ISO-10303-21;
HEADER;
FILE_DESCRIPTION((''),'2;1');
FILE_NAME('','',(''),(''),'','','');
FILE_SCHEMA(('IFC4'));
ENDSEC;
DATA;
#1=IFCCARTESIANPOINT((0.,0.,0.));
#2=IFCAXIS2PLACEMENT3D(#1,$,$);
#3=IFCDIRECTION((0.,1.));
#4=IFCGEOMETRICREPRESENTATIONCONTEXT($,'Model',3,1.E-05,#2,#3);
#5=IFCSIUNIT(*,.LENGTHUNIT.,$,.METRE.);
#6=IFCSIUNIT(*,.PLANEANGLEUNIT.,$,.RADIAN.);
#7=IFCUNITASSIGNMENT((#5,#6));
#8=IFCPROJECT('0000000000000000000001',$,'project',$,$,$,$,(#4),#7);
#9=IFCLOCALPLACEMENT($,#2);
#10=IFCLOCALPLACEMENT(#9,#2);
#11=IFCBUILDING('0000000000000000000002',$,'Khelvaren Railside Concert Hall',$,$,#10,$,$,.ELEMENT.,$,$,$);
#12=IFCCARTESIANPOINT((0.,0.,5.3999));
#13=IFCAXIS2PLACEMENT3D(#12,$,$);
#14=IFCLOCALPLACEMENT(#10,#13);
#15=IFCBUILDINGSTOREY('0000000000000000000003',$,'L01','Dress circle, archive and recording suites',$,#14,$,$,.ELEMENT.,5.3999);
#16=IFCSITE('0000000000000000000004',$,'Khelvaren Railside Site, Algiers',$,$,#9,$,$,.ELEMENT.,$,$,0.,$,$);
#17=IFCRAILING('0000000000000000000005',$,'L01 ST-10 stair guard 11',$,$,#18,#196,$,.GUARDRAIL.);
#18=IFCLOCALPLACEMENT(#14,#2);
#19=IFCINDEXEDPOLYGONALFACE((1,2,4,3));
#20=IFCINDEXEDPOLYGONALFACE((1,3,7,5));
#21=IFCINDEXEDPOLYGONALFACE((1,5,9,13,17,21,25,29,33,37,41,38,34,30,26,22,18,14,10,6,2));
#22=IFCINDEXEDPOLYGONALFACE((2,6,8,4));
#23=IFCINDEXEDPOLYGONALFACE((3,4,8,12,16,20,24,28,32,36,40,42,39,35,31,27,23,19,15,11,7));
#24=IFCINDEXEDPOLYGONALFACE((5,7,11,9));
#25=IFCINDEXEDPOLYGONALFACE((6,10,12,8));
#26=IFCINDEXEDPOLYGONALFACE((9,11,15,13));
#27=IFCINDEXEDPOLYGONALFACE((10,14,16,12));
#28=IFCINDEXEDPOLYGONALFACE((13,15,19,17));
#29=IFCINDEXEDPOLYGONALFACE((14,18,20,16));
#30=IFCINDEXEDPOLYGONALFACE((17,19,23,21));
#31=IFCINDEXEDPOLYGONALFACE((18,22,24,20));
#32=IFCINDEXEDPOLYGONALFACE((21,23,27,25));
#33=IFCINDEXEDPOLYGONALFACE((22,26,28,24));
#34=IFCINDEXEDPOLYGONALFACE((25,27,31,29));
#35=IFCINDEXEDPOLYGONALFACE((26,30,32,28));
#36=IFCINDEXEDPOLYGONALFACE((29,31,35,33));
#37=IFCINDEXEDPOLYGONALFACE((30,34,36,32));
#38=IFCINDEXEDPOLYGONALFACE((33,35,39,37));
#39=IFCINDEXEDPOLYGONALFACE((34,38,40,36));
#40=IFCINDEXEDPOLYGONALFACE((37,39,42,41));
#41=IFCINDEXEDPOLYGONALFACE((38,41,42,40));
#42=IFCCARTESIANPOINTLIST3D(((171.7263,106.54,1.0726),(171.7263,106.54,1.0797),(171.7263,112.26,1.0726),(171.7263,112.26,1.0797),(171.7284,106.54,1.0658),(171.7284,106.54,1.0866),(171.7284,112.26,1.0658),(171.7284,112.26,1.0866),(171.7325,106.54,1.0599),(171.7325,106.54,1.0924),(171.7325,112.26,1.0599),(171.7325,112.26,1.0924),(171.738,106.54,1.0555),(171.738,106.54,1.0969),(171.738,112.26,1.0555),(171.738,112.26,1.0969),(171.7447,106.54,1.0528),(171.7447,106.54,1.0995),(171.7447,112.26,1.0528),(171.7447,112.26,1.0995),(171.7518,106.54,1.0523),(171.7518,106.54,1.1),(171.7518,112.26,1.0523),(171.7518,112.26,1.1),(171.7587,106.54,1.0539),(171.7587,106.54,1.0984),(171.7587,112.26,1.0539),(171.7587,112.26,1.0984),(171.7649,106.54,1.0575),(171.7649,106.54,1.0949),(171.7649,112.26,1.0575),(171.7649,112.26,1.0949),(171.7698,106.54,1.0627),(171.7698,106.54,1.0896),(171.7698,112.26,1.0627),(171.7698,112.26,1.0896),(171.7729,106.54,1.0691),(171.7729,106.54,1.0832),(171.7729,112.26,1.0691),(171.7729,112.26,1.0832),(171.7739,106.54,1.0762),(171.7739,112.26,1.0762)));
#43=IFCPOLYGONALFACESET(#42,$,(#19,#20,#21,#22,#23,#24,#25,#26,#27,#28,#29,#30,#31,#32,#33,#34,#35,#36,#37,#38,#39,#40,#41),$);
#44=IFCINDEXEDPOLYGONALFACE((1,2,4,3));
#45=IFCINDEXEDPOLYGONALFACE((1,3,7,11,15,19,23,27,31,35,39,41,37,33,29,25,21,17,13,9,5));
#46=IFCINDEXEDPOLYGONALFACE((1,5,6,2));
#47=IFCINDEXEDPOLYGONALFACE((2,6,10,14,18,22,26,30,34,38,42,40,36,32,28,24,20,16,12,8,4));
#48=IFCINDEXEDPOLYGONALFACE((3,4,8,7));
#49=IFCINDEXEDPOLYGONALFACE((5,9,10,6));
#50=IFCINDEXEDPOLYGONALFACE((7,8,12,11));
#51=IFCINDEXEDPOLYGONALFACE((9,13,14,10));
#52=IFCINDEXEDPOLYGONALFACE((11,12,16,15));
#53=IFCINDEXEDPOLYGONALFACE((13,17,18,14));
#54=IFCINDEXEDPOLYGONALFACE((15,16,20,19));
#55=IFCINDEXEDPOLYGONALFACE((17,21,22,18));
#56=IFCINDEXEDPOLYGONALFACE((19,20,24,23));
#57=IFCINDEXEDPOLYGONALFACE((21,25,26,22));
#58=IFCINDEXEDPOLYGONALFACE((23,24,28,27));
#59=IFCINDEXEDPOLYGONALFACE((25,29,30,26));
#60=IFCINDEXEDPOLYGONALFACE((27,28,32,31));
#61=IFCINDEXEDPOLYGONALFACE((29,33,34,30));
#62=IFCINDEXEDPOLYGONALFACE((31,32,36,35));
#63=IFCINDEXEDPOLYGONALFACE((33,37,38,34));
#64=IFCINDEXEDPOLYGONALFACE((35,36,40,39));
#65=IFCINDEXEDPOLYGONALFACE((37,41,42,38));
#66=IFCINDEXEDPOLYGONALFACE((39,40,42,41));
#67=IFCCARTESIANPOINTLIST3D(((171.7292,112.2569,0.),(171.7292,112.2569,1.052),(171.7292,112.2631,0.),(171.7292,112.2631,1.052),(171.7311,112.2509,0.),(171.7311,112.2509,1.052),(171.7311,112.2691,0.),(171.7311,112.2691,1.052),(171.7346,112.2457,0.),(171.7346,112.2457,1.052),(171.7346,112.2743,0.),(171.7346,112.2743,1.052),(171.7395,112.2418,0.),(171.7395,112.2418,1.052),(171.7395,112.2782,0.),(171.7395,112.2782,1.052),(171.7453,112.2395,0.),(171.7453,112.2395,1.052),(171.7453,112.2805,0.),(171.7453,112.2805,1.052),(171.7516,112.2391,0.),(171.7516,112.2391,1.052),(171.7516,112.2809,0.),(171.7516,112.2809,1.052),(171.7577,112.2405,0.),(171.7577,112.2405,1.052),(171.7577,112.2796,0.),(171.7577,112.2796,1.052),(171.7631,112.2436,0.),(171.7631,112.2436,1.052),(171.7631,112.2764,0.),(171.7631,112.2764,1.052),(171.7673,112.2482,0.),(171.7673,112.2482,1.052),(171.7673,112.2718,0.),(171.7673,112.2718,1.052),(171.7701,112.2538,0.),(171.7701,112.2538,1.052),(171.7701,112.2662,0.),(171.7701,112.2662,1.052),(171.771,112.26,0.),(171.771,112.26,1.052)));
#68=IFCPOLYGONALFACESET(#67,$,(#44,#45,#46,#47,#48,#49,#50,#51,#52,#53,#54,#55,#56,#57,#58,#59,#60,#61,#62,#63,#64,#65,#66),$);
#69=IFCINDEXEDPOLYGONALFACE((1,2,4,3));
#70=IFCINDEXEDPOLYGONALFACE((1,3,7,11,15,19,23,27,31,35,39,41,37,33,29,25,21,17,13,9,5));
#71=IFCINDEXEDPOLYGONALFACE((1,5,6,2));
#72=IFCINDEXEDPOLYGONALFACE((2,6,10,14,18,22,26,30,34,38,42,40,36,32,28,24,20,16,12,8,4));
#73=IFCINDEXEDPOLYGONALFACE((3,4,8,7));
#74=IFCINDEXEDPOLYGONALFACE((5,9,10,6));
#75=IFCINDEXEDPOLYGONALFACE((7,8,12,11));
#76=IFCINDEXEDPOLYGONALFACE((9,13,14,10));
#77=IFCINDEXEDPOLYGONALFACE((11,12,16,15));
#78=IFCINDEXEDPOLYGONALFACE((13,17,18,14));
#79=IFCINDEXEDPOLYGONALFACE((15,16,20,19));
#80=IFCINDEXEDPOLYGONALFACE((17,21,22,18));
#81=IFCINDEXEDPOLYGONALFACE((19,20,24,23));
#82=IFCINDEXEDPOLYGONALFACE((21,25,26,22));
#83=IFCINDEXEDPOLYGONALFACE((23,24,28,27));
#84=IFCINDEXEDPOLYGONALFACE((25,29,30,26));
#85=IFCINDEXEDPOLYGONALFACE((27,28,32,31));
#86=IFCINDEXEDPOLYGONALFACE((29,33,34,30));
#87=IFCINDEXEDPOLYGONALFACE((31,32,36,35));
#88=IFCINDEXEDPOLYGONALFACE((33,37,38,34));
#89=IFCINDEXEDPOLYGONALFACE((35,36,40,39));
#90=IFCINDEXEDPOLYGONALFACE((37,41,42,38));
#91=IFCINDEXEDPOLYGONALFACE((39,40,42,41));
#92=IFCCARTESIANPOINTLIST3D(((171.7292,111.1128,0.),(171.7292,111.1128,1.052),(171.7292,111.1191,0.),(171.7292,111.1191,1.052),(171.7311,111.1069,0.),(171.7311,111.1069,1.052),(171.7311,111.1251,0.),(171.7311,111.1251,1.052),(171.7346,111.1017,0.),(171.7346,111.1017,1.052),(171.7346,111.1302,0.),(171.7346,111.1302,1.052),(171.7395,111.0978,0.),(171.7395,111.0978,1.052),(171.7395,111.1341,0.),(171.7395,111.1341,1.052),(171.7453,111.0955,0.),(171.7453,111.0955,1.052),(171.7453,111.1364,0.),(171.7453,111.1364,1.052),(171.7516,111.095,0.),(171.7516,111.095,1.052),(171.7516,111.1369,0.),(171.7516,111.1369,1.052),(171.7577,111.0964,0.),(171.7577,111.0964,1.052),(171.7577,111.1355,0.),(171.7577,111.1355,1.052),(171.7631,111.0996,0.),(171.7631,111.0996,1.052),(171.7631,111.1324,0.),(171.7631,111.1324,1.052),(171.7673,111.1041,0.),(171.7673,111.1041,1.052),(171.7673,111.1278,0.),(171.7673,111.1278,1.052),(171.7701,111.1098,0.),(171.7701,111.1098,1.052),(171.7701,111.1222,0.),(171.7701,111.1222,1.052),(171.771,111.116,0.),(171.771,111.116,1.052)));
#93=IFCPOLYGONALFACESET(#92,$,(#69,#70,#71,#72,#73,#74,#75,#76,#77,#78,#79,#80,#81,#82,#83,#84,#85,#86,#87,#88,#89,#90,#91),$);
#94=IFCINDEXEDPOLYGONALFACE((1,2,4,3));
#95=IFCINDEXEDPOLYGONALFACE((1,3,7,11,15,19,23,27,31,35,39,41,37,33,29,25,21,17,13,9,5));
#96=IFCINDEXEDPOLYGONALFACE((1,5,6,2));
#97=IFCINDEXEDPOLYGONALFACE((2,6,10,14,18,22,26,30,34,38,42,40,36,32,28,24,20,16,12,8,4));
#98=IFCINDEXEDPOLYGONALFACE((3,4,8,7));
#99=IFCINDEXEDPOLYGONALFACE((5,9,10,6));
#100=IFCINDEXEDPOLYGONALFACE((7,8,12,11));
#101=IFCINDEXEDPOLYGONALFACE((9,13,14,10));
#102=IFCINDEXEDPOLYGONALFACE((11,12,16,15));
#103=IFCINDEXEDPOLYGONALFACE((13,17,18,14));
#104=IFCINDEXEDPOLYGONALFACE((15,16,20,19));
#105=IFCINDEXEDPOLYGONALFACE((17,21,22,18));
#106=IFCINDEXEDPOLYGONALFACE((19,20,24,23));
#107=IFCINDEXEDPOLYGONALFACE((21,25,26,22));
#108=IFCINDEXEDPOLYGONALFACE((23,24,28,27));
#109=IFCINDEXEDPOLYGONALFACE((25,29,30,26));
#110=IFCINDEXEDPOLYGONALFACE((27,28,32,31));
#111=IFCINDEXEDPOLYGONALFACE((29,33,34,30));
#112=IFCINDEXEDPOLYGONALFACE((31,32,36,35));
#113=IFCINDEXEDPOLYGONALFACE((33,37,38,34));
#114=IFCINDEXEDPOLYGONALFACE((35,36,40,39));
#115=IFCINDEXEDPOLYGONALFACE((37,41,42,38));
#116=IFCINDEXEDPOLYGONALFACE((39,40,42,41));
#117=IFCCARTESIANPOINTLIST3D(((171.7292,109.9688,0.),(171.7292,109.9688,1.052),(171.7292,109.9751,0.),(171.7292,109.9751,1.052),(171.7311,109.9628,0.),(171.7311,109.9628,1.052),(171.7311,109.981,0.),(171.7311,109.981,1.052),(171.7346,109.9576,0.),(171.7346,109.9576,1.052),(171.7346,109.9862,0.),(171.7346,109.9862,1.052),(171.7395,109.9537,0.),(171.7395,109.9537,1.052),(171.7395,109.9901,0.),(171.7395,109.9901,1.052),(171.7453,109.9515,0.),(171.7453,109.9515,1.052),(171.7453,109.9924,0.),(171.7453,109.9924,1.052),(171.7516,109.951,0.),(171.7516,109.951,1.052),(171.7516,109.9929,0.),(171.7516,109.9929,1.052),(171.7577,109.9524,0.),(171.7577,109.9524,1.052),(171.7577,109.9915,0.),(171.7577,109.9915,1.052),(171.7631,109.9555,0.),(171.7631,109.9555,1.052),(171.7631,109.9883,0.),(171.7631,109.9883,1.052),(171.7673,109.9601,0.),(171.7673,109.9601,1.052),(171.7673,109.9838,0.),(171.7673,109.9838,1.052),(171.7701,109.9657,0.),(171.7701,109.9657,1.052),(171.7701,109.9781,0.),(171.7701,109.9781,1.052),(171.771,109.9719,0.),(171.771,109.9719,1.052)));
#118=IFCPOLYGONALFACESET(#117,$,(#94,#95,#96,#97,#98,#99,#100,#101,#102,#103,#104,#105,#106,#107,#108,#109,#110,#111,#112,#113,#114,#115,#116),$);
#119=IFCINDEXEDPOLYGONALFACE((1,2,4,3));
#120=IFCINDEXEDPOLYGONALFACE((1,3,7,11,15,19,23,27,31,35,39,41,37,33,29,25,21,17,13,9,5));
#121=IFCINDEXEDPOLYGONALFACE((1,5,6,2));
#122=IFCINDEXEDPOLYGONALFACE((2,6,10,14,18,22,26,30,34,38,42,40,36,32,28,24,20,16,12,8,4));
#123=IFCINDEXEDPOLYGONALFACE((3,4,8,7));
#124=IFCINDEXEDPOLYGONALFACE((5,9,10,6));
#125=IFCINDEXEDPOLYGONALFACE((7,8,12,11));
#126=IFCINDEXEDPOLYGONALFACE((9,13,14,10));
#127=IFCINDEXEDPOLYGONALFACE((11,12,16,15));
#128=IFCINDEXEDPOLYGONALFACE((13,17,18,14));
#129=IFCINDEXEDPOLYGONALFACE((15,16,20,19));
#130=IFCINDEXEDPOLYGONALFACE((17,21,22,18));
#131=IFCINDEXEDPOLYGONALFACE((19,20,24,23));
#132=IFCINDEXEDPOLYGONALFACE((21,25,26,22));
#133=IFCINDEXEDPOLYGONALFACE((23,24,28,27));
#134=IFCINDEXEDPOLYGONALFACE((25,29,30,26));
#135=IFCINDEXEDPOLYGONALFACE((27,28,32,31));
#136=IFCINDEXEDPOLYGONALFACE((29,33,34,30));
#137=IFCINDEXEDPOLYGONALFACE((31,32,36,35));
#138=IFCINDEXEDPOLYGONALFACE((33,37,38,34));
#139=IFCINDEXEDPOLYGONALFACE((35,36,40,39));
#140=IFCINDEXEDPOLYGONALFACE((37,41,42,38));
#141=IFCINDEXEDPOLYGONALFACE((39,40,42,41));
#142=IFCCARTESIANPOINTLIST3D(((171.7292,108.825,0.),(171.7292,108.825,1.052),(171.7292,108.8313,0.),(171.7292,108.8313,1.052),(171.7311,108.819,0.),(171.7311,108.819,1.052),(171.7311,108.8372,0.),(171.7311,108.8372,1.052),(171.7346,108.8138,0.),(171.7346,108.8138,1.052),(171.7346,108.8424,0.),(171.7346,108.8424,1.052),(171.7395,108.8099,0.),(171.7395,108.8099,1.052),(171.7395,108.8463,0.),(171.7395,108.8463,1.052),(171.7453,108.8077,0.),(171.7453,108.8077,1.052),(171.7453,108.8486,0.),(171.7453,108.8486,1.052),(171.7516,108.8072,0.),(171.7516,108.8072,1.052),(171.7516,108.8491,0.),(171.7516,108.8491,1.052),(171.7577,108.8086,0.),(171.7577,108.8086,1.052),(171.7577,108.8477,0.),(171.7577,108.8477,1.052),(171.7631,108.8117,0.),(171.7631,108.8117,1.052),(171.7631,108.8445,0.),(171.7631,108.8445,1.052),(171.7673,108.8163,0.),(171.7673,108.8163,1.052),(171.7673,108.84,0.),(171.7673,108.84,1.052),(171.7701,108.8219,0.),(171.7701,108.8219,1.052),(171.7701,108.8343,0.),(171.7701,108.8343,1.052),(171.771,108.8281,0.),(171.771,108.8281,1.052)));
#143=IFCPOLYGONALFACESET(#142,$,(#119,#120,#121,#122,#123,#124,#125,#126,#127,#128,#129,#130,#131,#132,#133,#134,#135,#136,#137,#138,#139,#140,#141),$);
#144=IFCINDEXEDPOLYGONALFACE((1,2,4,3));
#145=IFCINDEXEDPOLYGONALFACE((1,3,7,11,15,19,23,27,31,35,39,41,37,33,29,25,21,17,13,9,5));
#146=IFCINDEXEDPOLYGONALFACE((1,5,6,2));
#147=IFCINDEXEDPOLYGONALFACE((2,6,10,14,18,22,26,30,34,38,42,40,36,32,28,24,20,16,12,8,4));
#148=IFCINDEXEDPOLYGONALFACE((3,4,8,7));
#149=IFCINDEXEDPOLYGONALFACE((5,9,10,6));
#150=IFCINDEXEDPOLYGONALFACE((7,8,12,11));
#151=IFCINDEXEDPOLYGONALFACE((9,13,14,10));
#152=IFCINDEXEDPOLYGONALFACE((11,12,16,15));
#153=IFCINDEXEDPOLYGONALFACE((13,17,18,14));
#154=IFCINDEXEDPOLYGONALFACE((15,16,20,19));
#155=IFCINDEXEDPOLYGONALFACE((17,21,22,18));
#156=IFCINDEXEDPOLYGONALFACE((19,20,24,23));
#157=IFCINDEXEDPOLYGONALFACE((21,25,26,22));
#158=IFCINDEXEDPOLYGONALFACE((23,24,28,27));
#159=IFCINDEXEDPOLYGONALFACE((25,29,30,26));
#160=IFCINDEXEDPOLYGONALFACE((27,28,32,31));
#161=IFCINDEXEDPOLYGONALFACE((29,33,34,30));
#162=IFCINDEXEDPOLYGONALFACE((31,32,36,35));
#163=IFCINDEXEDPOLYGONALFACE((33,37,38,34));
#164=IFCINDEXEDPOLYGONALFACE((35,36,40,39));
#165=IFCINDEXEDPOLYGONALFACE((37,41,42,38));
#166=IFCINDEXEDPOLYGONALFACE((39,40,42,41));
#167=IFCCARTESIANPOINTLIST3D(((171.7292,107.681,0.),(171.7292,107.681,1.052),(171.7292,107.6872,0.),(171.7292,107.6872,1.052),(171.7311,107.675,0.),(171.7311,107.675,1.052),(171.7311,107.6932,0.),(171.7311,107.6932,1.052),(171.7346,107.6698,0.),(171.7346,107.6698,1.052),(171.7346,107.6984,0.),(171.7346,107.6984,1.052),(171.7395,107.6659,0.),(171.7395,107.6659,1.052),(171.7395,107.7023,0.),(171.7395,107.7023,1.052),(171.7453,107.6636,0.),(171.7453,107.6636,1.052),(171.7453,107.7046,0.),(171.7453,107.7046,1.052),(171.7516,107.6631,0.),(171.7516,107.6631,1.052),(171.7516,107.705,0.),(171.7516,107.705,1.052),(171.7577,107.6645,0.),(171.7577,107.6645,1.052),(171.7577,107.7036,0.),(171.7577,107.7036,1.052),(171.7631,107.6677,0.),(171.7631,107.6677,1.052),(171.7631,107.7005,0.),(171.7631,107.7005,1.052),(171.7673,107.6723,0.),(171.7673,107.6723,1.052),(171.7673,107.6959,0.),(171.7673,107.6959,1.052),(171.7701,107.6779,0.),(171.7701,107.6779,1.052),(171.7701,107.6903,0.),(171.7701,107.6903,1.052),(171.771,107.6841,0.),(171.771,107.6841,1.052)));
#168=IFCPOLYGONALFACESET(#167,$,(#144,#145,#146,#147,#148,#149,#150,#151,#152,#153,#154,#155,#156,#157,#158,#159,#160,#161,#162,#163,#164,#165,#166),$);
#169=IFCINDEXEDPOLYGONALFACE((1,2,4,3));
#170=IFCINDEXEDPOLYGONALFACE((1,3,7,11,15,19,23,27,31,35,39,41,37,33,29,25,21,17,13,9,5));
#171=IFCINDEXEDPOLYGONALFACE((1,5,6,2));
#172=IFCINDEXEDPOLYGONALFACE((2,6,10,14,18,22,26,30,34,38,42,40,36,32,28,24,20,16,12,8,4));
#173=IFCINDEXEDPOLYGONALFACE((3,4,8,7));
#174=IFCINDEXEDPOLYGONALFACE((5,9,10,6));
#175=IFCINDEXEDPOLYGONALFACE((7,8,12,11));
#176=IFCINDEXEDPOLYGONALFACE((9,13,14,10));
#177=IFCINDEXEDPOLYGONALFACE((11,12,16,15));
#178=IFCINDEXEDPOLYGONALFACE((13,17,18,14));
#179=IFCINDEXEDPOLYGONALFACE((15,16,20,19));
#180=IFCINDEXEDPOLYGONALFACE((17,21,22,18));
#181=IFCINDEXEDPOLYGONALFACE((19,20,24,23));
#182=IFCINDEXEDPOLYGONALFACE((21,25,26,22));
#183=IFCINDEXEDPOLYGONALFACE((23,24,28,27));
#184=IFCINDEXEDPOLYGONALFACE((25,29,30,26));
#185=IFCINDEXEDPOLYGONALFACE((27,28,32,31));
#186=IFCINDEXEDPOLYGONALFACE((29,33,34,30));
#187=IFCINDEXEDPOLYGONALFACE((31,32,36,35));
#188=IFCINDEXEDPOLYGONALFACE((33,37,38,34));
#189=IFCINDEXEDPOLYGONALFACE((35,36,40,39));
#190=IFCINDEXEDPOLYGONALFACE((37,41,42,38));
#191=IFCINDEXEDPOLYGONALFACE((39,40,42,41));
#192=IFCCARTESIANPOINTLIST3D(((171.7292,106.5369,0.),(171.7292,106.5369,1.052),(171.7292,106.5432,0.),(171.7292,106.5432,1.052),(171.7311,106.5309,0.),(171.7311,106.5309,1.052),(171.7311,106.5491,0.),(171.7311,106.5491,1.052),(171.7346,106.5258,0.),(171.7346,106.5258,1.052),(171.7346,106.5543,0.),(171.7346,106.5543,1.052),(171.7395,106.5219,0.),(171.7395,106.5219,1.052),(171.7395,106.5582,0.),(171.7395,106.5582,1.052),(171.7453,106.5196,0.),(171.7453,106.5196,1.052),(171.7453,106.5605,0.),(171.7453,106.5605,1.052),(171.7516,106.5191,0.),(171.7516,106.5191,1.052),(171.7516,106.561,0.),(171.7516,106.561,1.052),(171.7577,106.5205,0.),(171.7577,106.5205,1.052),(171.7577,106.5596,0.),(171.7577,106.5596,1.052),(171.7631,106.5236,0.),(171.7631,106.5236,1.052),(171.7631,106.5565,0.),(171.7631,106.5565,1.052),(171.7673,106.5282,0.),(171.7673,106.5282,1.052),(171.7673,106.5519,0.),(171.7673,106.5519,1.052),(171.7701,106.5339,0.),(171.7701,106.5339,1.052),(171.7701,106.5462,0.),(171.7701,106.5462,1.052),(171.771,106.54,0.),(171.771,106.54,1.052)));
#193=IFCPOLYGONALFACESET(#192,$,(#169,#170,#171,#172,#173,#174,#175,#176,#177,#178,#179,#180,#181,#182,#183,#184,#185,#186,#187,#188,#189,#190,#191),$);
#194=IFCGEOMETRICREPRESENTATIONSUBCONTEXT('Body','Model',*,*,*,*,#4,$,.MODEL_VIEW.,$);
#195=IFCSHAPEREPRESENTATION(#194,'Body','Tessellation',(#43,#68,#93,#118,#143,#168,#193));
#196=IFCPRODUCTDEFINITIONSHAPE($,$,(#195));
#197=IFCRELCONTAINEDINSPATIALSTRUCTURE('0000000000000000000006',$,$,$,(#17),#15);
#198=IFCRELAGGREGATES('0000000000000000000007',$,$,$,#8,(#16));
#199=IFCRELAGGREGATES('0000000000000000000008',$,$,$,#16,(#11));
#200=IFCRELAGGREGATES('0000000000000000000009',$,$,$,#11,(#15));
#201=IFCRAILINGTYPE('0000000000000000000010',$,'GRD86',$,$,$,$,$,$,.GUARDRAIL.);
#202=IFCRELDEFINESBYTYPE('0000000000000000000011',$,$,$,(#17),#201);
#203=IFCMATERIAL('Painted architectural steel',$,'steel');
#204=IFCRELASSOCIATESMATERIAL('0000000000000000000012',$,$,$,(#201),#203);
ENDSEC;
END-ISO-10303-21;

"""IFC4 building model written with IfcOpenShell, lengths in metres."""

from ifc_helpers import new_model, si_unit, direction, frame, origin, origin_2d, place, context, subcontext, project, spatial, circle, extrude, material, type_object, element, save


model = new_model("IFC4")

# Units and contexts
model_context = context("Model", 3, precision=1e-05, world=origin(), true_north=direction((0.0, 1.0)))
body_context = subcontext(model_context, "Body", "Model", "MODEL_VIEW")
ifc_project = project(units=[si_unit("LENGTHUNIT", "METRE"), si_unit("PLANEANGLEUNIT", "RADIAN")], contexts=[model_context])

# Site, building, storey
site_placement = place(None, origin())
site = spatial("IfcSite", under=ifc_project, at=site_placement, Name="Khelvaren Railside Site, Algiers", CompositionType="ELEMENT", RefElevation=0.0)
building_placement = place(site_placement, origin())
building = spatial("IfcBuilding", under=site, at=building_placement, Name="Khelvaren Railside Concert Hall", CompositionType="ELEMENT")
storey_placement = place(building_placement, frame((0.0, 0.0, 5.3999)))
storey = spatial("IfcBuildingStorey", under=building, at=storey_placement, Name="L01", Description="Dress circle, archive and recording suites", CompositionType="ELEMENT", Elevation=5.3999)

# Railing
ifc_material_1 = material(Name="Painted architectural steel", Category="steel")
railing_type_1 = type_object("IfcRailingType", Name="GRD86", PredefinedType="GUARDRAIL", material=ifc_material_1)
railing_1_placement = place(storey_placement, frame((171.75, 112.26, 0.0)))
element("IfcRailing", 1, at=railing_1_placement, inside=storey, type_object=railing_type_1, Name="L01 ST-10 stair guard 11", PredefinedType="GUARDRAIL", context=body_context, shape_type="SweptSolid", body=[
    extrude(circle(Radius=0.0239, at=origin_2d()), frame((0.0, 0.0, 1.0762), z_axis=(0.0, -1.0, 0.0), x_axis=(1.0, 0.0, 0.0)), (0.0, 0.0, 1.0), 5.72),
    extrude(circle(Radius=0.021, at=origin_2d()), origin(), (0.0, 0.0, 1.0), 1.052),
    extrude(circle(Radius=0.021, at=origin_2d()), frame((0.0, -1.144, 0.0)), (0.0, 0.0, 1.0), 1.052),
    extrude(circle(Radius=0.021, at=origin_2d()), frame((0.0, -2.2881, 0.0)), (0.0, 0.0, 1.0), 1.052),
    extrude(circle(Radius=0.021, at=origin_2d()), frame((0.0, -3.4319, 0.0)), (0.0, 0.0, 1.0), 1.052),
    extrude(circle(Radius=0.021, at=origin_2d()), frame((0.0, -4.5759, 0.0)), (0.0, 0.0, 1.0), 1.052),
    extrude(circle(Radius=0.021, at=origin_2d()), frame((0.0, -5.72, 0.0)), (0.0, 0.0, 1.0), 1.052),
])

save(model, "model.ifc")
